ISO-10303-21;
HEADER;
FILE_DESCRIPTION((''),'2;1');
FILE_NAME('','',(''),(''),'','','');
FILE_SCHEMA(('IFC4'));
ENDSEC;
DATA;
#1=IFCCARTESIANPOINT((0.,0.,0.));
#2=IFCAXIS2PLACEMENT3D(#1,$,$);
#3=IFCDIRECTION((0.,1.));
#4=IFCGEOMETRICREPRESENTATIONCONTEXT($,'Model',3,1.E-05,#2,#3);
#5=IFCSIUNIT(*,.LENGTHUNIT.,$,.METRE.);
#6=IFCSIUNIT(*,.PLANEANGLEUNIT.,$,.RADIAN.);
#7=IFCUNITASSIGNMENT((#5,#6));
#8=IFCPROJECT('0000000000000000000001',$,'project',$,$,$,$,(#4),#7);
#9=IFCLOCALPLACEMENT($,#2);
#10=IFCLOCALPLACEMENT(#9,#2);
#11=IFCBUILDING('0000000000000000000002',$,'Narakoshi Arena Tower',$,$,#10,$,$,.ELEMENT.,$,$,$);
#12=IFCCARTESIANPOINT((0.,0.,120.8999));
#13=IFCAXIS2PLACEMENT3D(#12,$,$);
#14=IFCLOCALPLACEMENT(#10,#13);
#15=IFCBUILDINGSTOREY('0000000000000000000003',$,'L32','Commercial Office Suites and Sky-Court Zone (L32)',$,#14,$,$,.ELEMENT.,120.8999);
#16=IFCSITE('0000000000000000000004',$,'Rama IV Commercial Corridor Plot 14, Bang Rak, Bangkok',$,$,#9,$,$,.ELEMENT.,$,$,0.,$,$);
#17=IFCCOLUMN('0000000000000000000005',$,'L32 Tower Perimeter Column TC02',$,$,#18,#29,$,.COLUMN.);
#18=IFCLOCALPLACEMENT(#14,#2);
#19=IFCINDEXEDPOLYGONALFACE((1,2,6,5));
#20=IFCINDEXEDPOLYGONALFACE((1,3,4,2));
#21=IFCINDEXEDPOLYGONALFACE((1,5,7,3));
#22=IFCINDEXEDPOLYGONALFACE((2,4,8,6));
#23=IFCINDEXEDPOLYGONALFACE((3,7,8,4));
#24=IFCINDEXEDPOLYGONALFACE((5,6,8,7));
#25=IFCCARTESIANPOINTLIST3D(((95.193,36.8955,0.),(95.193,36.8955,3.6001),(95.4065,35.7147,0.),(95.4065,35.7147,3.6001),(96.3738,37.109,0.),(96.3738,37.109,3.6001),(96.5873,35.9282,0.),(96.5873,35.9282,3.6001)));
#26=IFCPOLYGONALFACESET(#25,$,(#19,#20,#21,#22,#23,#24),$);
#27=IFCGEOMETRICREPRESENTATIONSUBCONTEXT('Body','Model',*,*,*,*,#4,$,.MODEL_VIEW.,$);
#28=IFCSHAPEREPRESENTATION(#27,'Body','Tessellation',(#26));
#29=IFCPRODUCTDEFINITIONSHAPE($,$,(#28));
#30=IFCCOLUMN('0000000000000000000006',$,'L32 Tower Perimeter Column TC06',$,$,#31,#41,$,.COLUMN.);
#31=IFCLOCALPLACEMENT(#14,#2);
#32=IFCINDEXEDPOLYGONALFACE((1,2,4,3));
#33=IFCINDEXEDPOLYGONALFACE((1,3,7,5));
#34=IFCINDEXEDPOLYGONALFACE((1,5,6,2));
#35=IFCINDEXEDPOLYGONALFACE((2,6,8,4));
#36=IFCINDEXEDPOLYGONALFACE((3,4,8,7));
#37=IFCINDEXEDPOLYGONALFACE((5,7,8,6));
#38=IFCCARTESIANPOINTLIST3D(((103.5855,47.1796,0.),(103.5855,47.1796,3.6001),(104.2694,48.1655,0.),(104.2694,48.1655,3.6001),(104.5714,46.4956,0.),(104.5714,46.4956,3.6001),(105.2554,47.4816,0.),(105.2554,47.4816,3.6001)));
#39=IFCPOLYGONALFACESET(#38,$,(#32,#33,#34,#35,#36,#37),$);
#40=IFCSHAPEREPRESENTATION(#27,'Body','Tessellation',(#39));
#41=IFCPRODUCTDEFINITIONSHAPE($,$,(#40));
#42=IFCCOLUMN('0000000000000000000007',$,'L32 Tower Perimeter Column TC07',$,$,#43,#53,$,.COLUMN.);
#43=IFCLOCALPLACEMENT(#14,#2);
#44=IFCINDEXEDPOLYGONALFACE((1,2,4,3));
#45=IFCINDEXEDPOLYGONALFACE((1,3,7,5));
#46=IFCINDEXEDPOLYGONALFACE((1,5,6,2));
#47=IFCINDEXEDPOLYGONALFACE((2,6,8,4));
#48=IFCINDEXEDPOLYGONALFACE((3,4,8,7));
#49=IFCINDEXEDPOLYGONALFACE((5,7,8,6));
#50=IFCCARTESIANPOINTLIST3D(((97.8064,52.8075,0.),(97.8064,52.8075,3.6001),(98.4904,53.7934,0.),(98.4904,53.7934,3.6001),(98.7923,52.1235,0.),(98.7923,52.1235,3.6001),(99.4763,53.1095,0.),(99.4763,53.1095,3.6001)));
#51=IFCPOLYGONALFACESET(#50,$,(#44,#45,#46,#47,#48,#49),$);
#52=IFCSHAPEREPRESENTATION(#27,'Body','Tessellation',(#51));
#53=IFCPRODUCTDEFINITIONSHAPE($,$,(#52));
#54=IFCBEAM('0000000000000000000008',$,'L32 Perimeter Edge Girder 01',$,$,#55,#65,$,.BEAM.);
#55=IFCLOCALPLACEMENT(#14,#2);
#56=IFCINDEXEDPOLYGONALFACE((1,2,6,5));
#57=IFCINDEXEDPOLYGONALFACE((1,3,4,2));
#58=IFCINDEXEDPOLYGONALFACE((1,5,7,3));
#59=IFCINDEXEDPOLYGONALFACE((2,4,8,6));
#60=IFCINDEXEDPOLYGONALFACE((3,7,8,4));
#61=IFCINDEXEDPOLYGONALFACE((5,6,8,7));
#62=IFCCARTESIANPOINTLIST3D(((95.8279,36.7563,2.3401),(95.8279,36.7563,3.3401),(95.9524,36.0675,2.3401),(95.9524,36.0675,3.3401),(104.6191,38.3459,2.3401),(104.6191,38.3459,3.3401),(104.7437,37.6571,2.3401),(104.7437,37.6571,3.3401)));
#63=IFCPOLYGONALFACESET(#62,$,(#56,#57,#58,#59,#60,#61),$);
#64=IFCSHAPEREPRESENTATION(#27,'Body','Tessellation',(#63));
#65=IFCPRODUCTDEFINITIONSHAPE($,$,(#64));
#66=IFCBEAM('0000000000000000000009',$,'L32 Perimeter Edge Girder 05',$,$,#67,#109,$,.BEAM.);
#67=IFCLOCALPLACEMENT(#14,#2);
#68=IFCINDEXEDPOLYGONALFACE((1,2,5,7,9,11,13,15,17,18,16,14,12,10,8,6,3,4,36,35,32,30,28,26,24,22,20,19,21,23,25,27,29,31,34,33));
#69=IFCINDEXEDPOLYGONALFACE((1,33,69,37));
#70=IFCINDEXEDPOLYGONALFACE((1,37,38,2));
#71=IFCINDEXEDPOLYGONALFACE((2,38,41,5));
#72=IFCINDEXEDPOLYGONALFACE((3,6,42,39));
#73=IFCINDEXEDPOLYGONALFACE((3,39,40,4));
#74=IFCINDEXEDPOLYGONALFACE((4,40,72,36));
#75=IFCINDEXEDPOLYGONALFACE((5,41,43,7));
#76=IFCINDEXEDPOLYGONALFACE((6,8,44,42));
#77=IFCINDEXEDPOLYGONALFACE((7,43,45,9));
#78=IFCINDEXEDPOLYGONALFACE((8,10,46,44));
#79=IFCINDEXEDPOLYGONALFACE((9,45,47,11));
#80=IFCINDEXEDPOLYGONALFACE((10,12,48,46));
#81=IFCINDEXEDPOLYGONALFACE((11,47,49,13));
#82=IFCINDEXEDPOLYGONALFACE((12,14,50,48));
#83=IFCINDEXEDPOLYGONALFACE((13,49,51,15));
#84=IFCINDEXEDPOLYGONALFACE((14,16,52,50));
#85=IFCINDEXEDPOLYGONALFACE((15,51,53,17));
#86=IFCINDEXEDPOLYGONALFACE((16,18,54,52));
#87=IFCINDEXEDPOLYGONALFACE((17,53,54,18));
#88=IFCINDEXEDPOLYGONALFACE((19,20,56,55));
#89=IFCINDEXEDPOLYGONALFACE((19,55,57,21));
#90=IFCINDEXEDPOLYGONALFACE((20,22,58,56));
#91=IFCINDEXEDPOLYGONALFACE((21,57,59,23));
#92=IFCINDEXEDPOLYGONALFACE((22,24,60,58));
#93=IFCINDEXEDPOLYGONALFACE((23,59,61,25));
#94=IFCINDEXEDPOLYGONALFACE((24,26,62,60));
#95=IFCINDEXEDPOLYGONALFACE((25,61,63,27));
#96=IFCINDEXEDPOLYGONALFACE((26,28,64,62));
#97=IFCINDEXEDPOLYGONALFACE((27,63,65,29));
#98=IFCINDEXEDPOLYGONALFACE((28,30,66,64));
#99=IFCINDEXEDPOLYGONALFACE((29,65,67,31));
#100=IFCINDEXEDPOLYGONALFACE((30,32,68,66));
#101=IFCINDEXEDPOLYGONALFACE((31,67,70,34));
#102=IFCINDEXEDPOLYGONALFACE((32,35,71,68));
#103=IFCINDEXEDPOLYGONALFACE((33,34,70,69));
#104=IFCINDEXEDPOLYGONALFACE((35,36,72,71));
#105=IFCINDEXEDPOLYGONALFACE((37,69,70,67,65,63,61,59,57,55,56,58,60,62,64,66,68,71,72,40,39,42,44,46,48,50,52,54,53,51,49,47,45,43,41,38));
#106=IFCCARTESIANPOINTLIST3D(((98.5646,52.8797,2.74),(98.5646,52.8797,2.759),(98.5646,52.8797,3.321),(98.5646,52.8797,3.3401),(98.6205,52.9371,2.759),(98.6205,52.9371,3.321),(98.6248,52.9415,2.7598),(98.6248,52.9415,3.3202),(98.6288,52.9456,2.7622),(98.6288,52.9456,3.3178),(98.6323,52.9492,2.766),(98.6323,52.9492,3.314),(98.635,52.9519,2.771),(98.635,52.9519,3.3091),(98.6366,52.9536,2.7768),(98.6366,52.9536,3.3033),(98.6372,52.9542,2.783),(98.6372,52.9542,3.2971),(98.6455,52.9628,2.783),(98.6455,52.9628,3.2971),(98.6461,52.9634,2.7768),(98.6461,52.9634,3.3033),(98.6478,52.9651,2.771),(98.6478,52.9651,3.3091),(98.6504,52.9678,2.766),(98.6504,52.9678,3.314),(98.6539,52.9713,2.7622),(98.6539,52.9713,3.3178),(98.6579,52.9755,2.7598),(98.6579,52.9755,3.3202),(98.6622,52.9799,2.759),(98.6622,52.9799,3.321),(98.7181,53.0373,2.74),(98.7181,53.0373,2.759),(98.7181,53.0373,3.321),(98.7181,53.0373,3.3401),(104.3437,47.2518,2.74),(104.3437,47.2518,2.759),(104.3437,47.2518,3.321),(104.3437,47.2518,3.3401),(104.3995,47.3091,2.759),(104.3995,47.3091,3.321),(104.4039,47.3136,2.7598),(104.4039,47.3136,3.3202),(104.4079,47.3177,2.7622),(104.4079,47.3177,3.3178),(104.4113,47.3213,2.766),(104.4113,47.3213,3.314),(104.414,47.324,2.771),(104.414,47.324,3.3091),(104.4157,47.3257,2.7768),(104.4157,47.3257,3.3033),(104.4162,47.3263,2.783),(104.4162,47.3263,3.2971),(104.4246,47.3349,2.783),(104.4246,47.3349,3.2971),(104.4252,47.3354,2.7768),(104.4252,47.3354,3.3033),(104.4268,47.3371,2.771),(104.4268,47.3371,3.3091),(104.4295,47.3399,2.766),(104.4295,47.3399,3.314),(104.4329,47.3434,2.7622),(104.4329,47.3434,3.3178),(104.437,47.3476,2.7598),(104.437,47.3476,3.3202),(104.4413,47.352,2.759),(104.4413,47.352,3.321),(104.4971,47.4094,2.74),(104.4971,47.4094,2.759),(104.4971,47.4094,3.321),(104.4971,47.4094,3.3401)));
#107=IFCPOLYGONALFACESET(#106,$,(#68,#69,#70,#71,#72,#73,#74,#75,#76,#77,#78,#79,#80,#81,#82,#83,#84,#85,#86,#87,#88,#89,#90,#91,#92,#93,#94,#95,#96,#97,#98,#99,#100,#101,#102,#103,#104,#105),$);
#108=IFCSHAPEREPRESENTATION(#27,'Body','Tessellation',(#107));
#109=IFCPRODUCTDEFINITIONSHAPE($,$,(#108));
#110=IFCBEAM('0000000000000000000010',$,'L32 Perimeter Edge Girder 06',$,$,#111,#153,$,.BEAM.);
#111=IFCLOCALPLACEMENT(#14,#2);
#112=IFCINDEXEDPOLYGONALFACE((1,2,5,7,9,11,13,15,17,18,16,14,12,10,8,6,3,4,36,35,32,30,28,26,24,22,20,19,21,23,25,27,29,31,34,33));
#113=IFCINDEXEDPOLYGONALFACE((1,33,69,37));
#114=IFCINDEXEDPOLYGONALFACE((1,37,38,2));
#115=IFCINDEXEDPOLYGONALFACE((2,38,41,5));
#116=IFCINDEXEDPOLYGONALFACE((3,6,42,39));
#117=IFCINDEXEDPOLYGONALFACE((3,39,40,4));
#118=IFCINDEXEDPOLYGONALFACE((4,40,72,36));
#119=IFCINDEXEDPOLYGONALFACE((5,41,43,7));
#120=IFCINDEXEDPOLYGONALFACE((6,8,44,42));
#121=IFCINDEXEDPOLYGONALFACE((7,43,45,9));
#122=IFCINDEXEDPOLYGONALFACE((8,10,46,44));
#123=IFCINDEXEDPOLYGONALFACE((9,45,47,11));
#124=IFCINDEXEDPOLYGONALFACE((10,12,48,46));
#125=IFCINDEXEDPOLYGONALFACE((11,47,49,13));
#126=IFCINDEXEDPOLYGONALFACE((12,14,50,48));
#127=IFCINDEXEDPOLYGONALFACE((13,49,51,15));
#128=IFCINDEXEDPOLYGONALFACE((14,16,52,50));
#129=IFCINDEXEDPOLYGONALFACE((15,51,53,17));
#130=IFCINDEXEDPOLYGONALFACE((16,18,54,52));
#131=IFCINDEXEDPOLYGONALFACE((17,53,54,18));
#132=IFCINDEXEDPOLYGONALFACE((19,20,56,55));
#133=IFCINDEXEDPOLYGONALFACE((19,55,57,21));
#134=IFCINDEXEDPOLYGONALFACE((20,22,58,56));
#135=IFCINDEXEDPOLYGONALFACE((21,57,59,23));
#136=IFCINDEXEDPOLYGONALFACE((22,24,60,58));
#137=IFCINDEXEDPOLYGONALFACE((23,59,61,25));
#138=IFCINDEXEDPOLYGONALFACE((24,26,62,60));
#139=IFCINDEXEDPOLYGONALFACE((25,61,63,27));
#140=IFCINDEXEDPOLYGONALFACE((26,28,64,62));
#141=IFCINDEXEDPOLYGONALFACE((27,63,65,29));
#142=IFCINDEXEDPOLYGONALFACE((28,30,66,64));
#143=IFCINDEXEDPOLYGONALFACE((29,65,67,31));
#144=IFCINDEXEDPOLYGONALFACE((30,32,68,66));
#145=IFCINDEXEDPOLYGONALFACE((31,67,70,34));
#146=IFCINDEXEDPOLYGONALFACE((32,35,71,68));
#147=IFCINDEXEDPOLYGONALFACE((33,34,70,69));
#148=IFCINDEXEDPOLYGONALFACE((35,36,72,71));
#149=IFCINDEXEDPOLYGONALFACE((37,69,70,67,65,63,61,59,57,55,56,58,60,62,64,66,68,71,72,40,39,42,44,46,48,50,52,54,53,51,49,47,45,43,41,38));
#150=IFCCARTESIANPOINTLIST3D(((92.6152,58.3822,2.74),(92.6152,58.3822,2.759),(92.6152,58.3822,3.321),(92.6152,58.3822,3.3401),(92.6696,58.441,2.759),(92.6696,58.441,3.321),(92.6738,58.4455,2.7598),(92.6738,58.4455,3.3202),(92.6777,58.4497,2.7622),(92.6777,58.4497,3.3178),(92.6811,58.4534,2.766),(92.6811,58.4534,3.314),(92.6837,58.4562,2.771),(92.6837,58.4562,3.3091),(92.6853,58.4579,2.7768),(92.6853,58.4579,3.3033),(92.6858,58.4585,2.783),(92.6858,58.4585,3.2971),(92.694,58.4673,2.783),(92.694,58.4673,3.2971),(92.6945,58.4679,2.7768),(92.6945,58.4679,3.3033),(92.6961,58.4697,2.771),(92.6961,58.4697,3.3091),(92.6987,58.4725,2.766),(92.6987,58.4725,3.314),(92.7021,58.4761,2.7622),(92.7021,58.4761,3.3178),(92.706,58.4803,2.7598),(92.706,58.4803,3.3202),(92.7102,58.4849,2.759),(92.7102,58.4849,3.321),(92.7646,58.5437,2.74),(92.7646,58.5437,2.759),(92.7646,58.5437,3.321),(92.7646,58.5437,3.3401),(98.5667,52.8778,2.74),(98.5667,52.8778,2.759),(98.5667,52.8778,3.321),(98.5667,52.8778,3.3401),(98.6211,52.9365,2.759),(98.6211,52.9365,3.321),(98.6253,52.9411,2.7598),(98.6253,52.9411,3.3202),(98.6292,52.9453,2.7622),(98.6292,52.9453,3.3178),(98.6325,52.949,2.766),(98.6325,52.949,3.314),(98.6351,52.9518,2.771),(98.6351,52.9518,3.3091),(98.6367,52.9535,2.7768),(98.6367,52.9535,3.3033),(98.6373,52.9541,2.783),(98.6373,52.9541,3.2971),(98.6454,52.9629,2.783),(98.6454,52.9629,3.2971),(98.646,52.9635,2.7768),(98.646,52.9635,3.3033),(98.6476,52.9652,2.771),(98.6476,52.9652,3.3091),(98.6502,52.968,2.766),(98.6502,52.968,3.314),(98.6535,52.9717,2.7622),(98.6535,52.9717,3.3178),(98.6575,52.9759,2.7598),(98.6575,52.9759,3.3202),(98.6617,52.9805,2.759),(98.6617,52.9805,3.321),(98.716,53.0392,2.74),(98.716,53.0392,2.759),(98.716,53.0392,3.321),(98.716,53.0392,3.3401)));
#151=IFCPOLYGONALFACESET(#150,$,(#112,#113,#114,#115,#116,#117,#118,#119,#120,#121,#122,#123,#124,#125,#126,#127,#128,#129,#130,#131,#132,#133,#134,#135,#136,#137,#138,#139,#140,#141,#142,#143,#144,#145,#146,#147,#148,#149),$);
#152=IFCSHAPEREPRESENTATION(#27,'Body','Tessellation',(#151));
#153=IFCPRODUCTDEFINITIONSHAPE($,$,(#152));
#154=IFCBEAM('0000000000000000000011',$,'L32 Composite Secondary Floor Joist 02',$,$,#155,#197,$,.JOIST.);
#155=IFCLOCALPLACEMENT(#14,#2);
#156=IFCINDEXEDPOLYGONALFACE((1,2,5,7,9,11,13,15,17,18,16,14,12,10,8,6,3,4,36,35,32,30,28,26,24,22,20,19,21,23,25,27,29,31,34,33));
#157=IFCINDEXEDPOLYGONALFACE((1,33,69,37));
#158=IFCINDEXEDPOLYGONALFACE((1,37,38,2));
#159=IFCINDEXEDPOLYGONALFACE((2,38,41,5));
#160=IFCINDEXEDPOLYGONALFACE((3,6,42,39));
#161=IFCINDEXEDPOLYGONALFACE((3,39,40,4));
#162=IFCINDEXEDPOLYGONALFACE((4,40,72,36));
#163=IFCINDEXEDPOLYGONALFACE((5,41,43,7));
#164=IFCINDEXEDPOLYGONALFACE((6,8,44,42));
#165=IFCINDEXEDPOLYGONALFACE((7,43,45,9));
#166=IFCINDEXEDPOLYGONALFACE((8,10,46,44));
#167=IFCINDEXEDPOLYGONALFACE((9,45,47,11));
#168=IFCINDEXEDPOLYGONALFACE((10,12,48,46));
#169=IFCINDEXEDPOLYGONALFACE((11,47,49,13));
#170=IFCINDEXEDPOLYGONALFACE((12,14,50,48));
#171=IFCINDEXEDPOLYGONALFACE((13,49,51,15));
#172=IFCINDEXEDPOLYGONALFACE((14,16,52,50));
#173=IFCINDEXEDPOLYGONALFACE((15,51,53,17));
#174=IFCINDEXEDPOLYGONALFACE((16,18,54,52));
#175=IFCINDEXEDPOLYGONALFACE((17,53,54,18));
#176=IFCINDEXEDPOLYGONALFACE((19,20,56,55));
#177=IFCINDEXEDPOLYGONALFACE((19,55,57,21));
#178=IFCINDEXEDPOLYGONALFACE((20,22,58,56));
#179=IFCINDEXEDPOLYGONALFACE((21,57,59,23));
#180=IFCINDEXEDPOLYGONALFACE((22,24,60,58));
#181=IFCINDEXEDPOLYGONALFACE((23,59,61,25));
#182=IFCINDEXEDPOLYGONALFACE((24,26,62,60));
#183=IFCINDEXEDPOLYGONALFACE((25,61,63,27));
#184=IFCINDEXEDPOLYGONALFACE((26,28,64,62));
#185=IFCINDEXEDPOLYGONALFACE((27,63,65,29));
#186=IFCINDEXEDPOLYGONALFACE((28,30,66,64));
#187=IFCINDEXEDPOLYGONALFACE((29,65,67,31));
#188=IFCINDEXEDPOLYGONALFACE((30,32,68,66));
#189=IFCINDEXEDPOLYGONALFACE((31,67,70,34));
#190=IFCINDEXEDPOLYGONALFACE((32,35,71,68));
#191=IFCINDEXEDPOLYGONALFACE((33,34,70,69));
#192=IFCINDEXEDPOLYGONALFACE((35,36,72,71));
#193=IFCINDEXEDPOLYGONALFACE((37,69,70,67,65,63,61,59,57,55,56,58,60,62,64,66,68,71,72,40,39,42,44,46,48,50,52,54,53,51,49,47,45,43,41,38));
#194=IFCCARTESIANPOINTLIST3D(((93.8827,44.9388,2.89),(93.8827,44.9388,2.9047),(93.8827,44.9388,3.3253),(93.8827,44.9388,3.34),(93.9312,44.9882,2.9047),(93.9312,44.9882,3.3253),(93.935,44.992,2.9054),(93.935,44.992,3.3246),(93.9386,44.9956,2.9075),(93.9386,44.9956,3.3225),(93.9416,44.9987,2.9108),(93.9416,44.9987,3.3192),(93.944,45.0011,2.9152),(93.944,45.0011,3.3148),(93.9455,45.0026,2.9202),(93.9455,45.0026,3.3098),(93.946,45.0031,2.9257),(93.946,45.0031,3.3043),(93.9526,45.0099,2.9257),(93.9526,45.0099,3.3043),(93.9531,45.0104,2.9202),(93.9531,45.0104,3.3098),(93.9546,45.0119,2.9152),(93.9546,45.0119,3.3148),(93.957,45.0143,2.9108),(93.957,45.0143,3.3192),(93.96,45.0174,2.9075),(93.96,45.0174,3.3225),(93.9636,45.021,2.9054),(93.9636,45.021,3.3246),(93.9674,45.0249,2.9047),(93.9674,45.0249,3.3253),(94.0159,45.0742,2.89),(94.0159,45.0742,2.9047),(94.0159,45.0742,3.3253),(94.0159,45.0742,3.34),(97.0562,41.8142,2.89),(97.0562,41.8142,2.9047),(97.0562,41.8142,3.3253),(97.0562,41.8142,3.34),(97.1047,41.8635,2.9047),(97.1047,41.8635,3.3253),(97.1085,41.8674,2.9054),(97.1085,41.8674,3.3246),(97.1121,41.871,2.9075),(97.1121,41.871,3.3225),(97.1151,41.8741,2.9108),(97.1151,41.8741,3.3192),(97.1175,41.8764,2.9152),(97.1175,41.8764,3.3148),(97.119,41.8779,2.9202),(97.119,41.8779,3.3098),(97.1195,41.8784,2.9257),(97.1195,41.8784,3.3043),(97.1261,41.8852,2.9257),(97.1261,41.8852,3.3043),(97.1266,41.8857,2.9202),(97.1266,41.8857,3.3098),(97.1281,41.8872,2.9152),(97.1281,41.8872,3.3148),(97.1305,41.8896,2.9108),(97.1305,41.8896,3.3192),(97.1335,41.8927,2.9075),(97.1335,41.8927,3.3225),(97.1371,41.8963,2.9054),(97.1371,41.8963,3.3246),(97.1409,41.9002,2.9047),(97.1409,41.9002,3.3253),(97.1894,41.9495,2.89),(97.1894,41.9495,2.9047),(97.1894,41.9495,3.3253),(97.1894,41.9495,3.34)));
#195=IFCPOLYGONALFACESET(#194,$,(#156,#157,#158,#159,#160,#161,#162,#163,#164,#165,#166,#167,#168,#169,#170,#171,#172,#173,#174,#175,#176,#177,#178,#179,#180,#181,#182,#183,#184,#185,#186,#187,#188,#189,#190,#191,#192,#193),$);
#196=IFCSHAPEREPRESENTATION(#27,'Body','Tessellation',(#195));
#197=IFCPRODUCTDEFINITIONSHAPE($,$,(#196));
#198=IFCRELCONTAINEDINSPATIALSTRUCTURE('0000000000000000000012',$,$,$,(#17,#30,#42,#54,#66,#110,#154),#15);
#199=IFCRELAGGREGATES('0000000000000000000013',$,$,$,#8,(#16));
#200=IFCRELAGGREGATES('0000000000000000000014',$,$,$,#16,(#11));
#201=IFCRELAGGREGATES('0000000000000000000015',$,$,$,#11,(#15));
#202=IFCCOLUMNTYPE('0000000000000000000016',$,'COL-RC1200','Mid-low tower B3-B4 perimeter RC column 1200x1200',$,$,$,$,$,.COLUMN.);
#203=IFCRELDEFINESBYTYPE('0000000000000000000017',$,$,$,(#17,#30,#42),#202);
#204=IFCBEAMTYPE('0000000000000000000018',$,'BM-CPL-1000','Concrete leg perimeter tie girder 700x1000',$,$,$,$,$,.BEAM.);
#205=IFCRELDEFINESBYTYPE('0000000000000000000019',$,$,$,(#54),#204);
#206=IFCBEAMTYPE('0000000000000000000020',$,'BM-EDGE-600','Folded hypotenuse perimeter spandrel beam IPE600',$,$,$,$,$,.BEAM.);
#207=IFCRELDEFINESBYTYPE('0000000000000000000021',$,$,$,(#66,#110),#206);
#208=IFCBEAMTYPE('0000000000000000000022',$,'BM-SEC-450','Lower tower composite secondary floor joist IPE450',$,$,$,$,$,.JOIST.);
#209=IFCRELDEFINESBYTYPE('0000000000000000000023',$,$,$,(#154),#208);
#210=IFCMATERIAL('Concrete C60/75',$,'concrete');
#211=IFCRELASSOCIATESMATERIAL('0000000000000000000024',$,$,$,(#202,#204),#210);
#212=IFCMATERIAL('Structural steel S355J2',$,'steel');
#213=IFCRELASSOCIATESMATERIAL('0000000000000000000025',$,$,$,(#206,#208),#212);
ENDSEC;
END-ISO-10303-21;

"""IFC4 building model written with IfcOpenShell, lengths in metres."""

from ifc_helpers import new_model, si_unit, direction, frame, origin, origin_2d, place, context, subcontext, project, spatial, rectangle, i_section, extrude, material, material_profile, profile_set, type_object, element, save


model = new_model("IFC4")

# Units and contexts
model_context = context("Model", 3, precision=1e-05, world=origin(), true_north=direction((0.0, 1.0)))
body_context = subcontext(model_context, "Body", "Model", "MODEL_VIEW")
ifc_project = project(units=[si_unit("LENGTHUNIT", "METRE"), si_unit("PLANEANGLEUNIT", "RADIAN")], contexts=[model_context])

# Site, building, storey
site_placement = place(None, origin())
site = spatial("IfcSite", under=ifc_project, at=site_placement, Name="Rama IV Commercial Corridor Plot 14, Bang Rak, Bangkok", CompositionType="ELEMENT", RefElevation=0.0)
building_placement = place(site_placement, origin())
building = spatial("IfcBuilding", under=site, at=building_placement, Name="Narakoshi Arena Tower", CompositionType="ELEMENT")
storey_placement = place(building_placement, frame((0.0, 0.0, 120.8999)))
storey = spatial("IfcBuildingStorey", under=building, at=storey_placement, Name="L32", Description="Commercial Office Suites and Sky-Court Zone (L32)", CompositionType="ELEMENT", Elevation=120.8999)

# Columns
ifc_material_1 = material(Name="Concrete C60/75", Category="concrete")
ifc_material_profile_1 = material_profile(ifc_material_1, rectangle(XDim=1.2, YDim=1.2, at=origin_2d()), Name="RC1200x1200")
ifc_profile_set_1 = profile_set([ifc_material_profile_1], Name="Concrete C60/75")
column_type = type_object("IfcColumnType", Name="COL-RC1200", Description="Mid-low tower B3-B4 perimeter RC column 1200x1200", PredefinedType="COLUMN", material=ifc_profile_set_1)
for number, where, z_axis, x_axis, name in (
    (1, (95.8901, 36.4119, 0.0), (0.0, 0.0, 1.0), (0.984041, 0.177944, 0.0), "L32 Tower Perimeter Column TC02"),
    (2, (104.4204, 47.3306, 0.0), (0.0, 0.0, 1.0), (0.569997, 0.821647, 0.0), "L32 Tower Perimeter Column TC06"),
    (3, (98.6414, 52.9585, 0.0), (0.0, 0.0, 1.0), (0.569997, 0.821647, 0.0), "L32 Tower Perimeter Column TC07"),
):
    element("IfcColumn", number, at=place(storey_placement, frame(where, z_axis=z_axis, x_axis=x_axis)), inside=storey, type_object=column_type, Name=name, PredefinedType="COLUMN", context=body_context, shape_type="SweptSolid", body=[
        extrude(rectangle(XDim=1.2, YDim=1.2, at=origin_2d()), origin(), (0.0, 0.0, 1.0), 3.6001),
    ])

# Beams
ifc_material_profile_2 = material_profile(ifc_material_1, rectangle(XDim=0.7, YDim=1.0, at=origin_2d()), Name="RCB700x1000")
ifc_profile_set_2 = profile_set([ifc_material_profile_2], Name="Concrete C60/75")
beam_type_1 = type_object("IfcBeamType", Name="BM-CPL-1000", Description="Concrete leg perimeter tie girder 700x1000", PredefinedType="BEAM", material=ifc_profile_set_2)
beam_1_placement = place(storey_placement, frame((95.8901, 36.4119, 2.8401), z_axis=(0.984043, 0.177931, 0.0), x_axis=(-0.177931, 0.984043, 0.0)))
element("IfcBeam", 4, at=beam_1_placement, inside=storey, type_object=beam_type_1, Name="L32 Perimeter Edge Girder 01", PredefinedType="BEAM", context=body_context, shape_type="SweptSolid", body=[
    extrude(rectangle(XDim=0.7, YDim=1.0, at=origin_2d()), origin(), (0.0, 0.0, 1.0), 8.9338),
])
ifc_material_2 = material(Name="Structural steel S355J2", Category="steel")
ifc_material_profile_3 = material_profile(ifc_material_2, i_section(OverallWidth=0.22, OverallDepth=0.6001, WebThickness=0.012, FlangeThickness=0.019, FilletRadius=0.0239, at=origin_2d()), Name="IPE600")
ifc_profile_set_3 = profile_set([ifc_material_profile_3], Name="Structural steel S355J2")
beam_type_2 = type_object("IfcBeamType", Name="BM-EDGE-600", Description="Folded hypotenuse perimeter spandrel beam IPE600", PredefinedType="BEAM", material=ifc_profile_set_3)
beam_2_placement = place(storey_placement, frame((104.4204, 47.3306, 3.04), z_axis=(-0.716412, 0.697678, 0.0), x_axis=(-0.697678, -0.716412, 0.0)))
element("IfcBeam", 5, at=beam_2_placement, inside=storey, type_object=beam_type_2, Name="L32 Perimeter Edge Girder 05", PredefinedType="BEAM", context=body_context, shape_type="SweptSolid", body=[
    extrude(i_section(OverallWidth=0.22, OverallDepth=0.6001, WebThickness=0.012, FlangeThickness=0.019, FilletRadius=0.0239, at=origin_2d()), origin(), (0.0, 0.0, 1.0), 8.0667),
])
beam_3_placement = place(storey_placement, frame((98.6414, 52.9585, 3.04), z_axis=(-0.73414, 0.678998, 0.0), x_axis=(-0.678998, -0.73414, 0.0)))
element("IfcBeam", 6, at=beam_3_placement, inside=storey, type_object=beam_type_2, Name="L32 Perimeter Edge Girder 06", PredefinedType="BEAM", context=body_context, shape_type="SweptSolid", body=[
    extrude(i_section(OverallWidth=0.22, OverallDepth=0.6001, WebThickness=0.012, FlangeThickness=0.019, FilletRadius=0.0239, at=origin_2d()), origin(), (0.0, 0.0, 1.0), 8.1067),
])
ifc_material_profile_4 = material_profile(ifc_material_2, i_section(OverallWidth=0.1899, OverallDepth=0.45, WebThickness=0.0095, FlangeThickness=0.0146, FilletRadius=0.021, at=origin_2d()), Name="IPE450")
ifc_profile_set_4 = profile_set([ifc_material_profile_4], Name="Structural steel S355J2")
beam_type_3 = type_object("IfcBeamType", Name="BM-SEC-450", Description="Lower tower composite secondary floor joist IPE450", PredefinedType="JOIST", material=ifc_profile_set_4)
beam_4_placement = place(storey_placement, frame((97.1228, 41.8818, 3.115), z_axis=(-0.712567, 0.701604, 0.0), x_axis=(-0.701604, -0.712567, 0.0)))
element("IfcBeam", 7, at=beam_4_placement, inside=storey, type_object=beam_type_3, Name="L32 Composite Secondary Floor Joist 02", PredefinedType="JOIST", context=body_context, shape_type="SweptSolid", body=[
    extrude(i_section(OverallWidth=0.1899, OverallDepth=0.45, WebThickness=0.0095, FlangeThickness=0.0146, FilletRadius=0.021, at=origin_2d()), origin(), (0.0, 0.0, 1.0), 4.4536),
])

save(model, "model.ifc")
